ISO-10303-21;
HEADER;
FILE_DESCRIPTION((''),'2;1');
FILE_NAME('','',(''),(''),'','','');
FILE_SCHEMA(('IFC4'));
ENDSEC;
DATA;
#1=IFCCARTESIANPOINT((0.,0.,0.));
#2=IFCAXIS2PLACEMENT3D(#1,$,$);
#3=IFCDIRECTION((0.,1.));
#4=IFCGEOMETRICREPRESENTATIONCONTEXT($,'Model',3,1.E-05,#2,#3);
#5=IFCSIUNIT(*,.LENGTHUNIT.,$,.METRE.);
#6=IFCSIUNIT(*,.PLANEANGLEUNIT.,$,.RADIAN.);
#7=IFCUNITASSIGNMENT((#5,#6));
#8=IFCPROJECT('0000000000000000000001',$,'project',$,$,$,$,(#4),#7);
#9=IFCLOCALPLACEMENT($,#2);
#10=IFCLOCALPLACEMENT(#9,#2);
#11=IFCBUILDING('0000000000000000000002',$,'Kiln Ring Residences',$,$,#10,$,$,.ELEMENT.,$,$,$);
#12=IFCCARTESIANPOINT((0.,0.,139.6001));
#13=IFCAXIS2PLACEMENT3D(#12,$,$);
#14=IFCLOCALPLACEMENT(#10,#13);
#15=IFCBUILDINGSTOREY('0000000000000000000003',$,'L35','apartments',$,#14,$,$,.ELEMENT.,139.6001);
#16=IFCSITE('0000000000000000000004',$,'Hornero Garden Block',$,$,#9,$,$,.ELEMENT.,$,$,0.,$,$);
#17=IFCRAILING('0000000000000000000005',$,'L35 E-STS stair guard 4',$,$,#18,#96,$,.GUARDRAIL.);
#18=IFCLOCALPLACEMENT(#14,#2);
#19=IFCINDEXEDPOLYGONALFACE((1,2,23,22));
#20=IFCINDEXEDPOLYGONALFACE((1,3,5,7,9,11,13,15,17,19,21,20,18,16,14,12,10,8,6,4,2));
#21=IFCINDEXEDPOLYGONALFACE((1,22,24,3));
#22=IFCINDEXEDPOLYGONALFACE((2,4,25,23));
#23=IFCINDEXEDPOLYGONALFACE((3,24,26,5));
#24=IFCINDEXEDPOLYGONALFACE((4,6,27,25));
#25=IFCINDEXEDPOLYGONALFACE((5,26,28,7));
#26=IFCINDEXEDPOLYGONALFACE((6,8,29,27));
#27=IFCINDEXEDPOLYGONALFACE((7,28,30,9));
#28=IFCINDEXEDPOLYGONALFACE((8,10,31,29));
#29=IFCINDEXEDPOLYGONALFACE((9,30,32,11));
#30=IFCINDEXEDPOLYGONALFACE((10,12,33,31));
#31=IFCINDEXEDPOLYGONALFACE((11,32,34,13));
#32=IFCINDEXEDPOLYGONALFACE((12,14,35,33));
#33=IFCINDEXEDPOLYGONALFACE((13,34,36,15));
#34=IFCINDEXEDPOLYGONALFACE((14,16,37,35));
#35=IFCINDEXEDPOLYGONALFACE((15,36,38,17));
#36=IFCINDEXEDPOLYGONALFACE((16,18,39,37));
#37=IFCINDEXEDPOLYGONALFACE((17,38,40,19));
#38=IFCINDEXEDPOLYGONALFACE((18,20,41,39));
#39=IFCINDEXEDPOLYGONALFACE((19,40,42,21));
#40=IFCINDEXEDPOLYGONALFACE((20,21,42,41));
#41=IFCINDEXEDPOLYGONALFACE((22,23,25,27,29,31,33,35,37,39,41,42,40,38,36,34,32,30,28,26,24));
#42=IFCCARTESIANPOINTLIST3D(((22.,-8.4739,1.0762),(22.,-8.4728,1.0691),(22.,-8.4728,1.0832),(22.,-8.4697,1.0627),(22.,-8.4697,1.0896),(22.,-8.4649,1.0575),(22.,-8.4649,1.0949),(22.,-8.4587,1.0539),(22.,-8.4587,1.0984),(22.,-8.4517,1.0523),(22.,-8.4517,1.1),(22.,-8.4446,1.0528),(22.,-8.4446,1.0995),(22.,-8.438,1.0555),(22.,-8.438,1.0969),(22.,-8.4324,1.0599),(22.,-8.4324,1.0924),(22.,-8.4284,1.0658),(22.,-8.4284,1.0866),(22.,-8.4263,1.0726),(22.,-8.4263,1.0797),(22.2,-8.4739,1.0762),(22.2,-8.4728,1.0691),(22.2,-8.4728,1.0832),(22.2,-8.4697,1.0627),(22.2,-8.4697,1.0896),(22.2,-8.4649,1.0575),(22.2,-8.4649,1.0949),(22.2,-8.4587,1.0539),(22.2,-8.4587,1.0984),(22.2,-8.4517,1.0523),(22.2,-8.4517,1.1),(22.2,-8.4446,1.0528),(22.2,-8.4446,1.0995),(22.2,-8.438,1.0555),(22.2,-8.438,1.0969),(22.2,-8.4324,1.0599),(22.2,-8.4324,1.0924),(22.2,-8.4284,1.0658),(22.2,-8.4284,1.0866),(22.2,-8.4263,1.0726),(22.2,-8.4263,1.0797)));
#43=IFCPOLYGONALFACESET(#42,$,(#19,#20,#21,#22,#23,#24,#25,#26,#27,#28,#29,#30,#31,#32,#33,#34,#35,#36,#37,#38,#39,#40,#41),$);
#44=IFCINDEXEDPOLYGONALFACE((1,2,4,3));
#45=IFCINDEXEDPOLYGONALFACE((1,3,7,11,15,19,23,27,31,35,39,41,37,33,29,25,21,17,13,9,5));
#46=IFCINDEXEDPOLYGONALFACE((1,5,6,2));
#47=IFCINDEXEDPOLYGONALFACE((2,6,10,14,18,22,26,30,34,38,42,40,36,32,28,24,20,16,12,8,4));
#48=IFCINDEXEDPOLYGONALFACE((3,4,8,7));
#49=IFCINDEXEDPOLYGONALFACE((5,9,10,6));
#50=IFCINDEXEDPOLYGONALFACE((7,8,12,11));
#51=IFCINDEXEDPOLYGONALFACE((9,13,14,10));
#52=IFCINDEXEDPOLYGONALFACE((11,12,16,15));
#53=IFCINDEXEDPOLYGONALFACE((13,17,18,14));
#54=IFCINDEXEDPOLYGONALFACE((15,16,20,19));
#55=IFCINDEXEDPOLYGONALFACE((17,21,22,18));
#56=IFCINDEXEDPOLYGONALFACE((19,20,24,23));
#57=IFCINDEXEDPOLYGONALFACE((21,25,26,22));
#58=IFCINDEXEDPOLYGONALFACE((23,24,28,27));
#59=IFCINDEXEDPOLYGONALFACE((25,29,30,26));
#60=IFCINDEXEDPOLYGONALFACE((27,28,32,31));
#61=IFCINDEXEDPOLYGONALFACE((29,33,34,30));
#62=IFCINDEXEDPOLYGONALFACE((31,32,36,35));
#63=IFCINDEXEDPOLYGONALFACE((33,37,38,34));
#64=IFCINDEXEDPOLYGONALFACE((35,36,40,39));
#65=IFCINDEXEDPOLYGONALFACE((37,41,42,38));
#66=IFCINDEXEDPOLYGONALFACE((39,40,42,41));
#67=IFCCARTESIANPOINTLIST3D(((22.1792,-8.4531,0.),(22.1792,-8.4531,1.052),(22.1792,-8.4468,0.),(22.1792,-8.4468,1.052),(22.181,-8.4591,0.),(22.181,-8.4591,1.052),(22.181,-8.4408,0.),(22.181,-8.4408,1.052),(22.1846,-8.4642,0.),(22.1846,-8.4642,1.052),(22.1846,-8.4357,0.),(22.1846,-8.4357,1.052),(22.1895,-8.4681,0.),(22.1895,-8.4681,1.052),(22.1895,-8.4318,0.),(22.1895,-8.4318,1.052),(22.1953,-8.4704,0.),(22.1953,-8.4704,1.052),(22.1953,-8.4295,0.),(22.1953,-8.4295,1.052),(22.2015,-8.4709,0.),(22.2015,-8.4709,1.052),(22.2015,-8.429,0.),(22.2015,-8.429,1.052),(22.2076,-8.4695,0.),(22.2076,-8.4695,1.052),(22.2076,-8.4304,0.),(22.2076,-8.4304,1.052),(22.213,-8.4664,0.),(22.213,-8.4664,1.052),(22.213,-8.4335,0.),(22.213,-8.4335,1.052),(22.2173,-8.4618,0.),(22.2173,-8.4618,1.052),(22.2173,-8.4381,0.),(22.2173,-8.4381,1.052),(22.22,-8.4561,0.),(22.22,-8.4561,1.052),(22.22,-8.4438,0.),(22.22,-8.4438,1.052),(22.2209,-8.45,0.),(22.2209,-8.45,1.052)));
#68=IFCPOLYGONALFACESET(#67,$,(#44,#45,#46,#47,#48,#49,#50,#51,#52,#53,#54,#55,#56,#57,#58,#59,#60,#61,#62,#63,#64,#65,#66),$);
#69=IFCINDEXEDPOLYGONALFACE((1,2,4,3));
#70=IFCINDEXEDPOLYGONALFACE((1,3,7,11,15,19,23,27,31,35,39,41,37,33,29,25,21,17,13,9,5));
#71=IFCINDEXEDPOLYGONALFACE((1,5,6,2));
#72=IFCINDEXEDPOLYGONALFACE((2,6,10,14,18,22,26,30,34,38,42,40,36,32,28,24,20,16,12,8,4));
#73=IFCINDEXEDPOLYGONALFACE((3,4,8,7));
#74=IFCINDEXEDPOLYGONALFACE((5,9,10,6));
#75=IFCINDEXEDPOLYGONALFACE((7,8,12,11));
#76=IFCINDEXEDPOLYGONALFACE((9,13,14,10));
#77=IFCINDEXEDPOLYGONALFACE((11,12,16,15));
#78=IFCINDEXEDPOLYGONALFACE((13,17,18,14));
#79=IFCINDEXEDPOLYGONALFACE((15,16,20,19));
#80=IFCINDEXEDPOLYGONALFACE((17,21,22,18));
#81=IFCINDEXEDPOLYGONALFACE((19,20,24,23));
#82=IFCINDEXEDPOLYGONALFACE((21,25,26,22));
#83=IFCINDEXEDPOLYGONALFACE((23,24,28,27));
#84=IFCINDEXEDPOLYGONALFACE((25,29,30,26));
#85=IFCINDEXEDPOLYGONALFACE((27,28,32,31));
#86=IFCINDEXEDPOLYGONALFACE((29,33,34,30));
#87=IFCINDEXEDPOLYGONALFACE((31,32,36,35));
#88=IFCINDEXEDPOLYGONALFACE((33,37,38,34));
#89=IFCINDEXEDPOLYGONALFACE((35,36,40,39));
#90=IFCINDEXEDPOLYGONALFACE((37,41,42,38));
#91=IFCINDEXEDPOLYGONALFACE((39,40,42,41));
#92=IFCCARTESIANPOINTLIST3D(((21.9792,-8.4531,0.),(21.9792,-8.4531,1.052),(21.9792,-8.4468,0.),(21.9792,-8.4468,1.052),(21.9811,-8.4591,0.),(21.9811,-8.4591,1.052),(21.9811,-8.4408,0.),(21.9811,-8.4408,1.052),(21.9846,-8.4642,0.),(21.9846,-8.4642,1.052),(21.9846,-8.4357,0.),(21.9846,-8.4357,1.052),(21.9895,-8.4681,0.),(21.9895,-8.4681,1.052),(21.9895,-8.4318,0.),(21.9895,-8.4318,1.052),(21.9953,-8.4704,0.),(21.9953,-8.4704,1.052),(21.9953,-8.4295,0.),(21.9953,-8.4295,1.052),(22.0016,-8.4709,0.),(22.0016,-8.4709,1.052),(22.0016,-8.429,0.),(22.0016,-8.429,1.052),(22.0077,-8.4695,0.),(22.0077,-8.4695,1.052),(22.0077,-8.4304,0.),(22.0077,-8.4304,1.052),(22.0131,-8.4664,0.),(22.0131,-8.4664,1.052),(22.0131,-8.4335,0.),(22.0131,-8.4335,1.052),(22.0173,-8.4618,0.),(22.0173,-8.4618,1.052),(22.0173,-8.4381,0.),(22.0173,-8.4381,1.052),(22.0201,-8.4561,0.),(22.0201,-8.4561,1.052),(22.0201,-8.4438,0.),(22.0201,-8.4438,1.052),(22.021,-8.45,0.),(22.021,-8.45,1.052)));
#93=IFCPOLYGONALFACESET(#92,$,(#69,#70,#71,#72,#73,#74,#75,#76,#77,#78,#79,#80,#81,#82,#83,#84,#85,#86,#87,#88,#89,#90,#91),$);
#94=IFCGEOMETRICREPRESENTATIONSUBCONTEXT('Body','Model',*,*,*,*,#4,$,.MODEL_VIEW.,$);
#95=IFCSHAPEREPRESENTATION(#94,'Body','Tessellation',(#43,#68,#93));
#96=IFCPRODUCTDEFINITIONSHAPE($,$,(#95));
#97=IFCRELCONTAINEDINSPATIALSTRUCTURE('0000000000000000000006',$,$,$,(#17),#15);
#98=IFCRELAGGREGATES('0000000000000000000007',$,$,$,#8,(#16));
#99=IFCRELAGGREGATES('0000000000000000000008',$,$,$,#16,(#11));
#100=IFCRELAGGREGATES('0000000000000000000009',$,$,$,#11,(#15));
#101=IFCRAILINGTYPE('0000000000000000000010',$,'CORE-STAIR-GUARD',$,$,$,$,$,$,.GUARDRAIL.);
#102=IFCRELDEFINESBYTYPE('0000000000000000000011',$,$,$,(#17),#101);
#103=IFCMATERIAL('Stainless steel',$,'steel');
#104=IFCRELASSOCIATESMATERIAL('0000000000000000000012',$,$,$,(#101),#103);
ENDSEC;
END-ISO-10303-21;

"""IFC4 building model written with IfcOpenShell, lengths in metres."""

from ifc_helpers import new_model, si_unit, direction, frame, origin, origin_2d, place, context, subcontext, project, spatial, circle, extrude, material, type_object, element, save


model = new_model("IFC4")

# Units and contexts
model_context = context("Model", 3, precision=1e-05, world=origin(), true_north=direction((0.0, 1.0)))
body_context = subcontext(model_context, "Body", "Model", "MODEL_VIEW")
ifc_project = project(units=[si_unit("LENGTHUNIT", "METRE"), si_unit("PLANEANGLEUNIT", "RADIAN")], contexts=[model_context])

# Site, building, storey
site_placement = place(None, origin())
site = spatial("IfcSite", under=ifc_project, at=site_placement, Name="Hornero Garden Block", CompositionType="ELEMENT", RefElevation=0.0)
building_placement = place(site_placement, origin())
building = spatial("IfcBuilding", under=site, at=building_placement, Name="Kiln Ring Residences", CompositionType="ELEMENT")
storey_placement = place(building_placement, frame((0.0, 0.0, 139.6001)))
storey = spatial("IfcBuildingStorey", under=building, at=storey_placement, Name="L35", Description="apartments", CompositionType="ELEMENT", Elevation=139.6001)

# Railing
ifc_material_1 = material(Name="Stainless steel", Category="steel")
railing_type_1 = type_object("IfcRailingType", Name="CORE-STAIR-GUARD", PredefinedType="GUARDRAIL", material=ifc_material_1)
railing_1_placement = place(storey_placement, frame((22.2, -8.45, 0.0)))
element("IfcRailing", 1, at=railing_1_placement, inside=storey, type_object=railing_type_1, Name="L35 E-STS stair guard 4", PredefinedType="GUARDRAIL", context=body_context, shape_type="SweptSolid", body=[
    extrude(circle(Radius=0.0239, at=origin_2d()), frame((0.0, 0.0, 1.0762), z_axis=(-1.0, 0.0, 0.0), x_axis=(0.0, -1.0, 0.0)), (0.0, 0.0, 1.0), 0.2),
    extrude(circle(Radius=0.021, at=origin_2d()), origin(), (0.0, 0.0, 1.0), 1.052),
    extrude(circle(Radius=0.021, at=origin_2d()), frame((-0.2, 0.0, 0.0)), (0.0, 0.0, 1.0), 1.052),
])

save(model, "model.ifc")
